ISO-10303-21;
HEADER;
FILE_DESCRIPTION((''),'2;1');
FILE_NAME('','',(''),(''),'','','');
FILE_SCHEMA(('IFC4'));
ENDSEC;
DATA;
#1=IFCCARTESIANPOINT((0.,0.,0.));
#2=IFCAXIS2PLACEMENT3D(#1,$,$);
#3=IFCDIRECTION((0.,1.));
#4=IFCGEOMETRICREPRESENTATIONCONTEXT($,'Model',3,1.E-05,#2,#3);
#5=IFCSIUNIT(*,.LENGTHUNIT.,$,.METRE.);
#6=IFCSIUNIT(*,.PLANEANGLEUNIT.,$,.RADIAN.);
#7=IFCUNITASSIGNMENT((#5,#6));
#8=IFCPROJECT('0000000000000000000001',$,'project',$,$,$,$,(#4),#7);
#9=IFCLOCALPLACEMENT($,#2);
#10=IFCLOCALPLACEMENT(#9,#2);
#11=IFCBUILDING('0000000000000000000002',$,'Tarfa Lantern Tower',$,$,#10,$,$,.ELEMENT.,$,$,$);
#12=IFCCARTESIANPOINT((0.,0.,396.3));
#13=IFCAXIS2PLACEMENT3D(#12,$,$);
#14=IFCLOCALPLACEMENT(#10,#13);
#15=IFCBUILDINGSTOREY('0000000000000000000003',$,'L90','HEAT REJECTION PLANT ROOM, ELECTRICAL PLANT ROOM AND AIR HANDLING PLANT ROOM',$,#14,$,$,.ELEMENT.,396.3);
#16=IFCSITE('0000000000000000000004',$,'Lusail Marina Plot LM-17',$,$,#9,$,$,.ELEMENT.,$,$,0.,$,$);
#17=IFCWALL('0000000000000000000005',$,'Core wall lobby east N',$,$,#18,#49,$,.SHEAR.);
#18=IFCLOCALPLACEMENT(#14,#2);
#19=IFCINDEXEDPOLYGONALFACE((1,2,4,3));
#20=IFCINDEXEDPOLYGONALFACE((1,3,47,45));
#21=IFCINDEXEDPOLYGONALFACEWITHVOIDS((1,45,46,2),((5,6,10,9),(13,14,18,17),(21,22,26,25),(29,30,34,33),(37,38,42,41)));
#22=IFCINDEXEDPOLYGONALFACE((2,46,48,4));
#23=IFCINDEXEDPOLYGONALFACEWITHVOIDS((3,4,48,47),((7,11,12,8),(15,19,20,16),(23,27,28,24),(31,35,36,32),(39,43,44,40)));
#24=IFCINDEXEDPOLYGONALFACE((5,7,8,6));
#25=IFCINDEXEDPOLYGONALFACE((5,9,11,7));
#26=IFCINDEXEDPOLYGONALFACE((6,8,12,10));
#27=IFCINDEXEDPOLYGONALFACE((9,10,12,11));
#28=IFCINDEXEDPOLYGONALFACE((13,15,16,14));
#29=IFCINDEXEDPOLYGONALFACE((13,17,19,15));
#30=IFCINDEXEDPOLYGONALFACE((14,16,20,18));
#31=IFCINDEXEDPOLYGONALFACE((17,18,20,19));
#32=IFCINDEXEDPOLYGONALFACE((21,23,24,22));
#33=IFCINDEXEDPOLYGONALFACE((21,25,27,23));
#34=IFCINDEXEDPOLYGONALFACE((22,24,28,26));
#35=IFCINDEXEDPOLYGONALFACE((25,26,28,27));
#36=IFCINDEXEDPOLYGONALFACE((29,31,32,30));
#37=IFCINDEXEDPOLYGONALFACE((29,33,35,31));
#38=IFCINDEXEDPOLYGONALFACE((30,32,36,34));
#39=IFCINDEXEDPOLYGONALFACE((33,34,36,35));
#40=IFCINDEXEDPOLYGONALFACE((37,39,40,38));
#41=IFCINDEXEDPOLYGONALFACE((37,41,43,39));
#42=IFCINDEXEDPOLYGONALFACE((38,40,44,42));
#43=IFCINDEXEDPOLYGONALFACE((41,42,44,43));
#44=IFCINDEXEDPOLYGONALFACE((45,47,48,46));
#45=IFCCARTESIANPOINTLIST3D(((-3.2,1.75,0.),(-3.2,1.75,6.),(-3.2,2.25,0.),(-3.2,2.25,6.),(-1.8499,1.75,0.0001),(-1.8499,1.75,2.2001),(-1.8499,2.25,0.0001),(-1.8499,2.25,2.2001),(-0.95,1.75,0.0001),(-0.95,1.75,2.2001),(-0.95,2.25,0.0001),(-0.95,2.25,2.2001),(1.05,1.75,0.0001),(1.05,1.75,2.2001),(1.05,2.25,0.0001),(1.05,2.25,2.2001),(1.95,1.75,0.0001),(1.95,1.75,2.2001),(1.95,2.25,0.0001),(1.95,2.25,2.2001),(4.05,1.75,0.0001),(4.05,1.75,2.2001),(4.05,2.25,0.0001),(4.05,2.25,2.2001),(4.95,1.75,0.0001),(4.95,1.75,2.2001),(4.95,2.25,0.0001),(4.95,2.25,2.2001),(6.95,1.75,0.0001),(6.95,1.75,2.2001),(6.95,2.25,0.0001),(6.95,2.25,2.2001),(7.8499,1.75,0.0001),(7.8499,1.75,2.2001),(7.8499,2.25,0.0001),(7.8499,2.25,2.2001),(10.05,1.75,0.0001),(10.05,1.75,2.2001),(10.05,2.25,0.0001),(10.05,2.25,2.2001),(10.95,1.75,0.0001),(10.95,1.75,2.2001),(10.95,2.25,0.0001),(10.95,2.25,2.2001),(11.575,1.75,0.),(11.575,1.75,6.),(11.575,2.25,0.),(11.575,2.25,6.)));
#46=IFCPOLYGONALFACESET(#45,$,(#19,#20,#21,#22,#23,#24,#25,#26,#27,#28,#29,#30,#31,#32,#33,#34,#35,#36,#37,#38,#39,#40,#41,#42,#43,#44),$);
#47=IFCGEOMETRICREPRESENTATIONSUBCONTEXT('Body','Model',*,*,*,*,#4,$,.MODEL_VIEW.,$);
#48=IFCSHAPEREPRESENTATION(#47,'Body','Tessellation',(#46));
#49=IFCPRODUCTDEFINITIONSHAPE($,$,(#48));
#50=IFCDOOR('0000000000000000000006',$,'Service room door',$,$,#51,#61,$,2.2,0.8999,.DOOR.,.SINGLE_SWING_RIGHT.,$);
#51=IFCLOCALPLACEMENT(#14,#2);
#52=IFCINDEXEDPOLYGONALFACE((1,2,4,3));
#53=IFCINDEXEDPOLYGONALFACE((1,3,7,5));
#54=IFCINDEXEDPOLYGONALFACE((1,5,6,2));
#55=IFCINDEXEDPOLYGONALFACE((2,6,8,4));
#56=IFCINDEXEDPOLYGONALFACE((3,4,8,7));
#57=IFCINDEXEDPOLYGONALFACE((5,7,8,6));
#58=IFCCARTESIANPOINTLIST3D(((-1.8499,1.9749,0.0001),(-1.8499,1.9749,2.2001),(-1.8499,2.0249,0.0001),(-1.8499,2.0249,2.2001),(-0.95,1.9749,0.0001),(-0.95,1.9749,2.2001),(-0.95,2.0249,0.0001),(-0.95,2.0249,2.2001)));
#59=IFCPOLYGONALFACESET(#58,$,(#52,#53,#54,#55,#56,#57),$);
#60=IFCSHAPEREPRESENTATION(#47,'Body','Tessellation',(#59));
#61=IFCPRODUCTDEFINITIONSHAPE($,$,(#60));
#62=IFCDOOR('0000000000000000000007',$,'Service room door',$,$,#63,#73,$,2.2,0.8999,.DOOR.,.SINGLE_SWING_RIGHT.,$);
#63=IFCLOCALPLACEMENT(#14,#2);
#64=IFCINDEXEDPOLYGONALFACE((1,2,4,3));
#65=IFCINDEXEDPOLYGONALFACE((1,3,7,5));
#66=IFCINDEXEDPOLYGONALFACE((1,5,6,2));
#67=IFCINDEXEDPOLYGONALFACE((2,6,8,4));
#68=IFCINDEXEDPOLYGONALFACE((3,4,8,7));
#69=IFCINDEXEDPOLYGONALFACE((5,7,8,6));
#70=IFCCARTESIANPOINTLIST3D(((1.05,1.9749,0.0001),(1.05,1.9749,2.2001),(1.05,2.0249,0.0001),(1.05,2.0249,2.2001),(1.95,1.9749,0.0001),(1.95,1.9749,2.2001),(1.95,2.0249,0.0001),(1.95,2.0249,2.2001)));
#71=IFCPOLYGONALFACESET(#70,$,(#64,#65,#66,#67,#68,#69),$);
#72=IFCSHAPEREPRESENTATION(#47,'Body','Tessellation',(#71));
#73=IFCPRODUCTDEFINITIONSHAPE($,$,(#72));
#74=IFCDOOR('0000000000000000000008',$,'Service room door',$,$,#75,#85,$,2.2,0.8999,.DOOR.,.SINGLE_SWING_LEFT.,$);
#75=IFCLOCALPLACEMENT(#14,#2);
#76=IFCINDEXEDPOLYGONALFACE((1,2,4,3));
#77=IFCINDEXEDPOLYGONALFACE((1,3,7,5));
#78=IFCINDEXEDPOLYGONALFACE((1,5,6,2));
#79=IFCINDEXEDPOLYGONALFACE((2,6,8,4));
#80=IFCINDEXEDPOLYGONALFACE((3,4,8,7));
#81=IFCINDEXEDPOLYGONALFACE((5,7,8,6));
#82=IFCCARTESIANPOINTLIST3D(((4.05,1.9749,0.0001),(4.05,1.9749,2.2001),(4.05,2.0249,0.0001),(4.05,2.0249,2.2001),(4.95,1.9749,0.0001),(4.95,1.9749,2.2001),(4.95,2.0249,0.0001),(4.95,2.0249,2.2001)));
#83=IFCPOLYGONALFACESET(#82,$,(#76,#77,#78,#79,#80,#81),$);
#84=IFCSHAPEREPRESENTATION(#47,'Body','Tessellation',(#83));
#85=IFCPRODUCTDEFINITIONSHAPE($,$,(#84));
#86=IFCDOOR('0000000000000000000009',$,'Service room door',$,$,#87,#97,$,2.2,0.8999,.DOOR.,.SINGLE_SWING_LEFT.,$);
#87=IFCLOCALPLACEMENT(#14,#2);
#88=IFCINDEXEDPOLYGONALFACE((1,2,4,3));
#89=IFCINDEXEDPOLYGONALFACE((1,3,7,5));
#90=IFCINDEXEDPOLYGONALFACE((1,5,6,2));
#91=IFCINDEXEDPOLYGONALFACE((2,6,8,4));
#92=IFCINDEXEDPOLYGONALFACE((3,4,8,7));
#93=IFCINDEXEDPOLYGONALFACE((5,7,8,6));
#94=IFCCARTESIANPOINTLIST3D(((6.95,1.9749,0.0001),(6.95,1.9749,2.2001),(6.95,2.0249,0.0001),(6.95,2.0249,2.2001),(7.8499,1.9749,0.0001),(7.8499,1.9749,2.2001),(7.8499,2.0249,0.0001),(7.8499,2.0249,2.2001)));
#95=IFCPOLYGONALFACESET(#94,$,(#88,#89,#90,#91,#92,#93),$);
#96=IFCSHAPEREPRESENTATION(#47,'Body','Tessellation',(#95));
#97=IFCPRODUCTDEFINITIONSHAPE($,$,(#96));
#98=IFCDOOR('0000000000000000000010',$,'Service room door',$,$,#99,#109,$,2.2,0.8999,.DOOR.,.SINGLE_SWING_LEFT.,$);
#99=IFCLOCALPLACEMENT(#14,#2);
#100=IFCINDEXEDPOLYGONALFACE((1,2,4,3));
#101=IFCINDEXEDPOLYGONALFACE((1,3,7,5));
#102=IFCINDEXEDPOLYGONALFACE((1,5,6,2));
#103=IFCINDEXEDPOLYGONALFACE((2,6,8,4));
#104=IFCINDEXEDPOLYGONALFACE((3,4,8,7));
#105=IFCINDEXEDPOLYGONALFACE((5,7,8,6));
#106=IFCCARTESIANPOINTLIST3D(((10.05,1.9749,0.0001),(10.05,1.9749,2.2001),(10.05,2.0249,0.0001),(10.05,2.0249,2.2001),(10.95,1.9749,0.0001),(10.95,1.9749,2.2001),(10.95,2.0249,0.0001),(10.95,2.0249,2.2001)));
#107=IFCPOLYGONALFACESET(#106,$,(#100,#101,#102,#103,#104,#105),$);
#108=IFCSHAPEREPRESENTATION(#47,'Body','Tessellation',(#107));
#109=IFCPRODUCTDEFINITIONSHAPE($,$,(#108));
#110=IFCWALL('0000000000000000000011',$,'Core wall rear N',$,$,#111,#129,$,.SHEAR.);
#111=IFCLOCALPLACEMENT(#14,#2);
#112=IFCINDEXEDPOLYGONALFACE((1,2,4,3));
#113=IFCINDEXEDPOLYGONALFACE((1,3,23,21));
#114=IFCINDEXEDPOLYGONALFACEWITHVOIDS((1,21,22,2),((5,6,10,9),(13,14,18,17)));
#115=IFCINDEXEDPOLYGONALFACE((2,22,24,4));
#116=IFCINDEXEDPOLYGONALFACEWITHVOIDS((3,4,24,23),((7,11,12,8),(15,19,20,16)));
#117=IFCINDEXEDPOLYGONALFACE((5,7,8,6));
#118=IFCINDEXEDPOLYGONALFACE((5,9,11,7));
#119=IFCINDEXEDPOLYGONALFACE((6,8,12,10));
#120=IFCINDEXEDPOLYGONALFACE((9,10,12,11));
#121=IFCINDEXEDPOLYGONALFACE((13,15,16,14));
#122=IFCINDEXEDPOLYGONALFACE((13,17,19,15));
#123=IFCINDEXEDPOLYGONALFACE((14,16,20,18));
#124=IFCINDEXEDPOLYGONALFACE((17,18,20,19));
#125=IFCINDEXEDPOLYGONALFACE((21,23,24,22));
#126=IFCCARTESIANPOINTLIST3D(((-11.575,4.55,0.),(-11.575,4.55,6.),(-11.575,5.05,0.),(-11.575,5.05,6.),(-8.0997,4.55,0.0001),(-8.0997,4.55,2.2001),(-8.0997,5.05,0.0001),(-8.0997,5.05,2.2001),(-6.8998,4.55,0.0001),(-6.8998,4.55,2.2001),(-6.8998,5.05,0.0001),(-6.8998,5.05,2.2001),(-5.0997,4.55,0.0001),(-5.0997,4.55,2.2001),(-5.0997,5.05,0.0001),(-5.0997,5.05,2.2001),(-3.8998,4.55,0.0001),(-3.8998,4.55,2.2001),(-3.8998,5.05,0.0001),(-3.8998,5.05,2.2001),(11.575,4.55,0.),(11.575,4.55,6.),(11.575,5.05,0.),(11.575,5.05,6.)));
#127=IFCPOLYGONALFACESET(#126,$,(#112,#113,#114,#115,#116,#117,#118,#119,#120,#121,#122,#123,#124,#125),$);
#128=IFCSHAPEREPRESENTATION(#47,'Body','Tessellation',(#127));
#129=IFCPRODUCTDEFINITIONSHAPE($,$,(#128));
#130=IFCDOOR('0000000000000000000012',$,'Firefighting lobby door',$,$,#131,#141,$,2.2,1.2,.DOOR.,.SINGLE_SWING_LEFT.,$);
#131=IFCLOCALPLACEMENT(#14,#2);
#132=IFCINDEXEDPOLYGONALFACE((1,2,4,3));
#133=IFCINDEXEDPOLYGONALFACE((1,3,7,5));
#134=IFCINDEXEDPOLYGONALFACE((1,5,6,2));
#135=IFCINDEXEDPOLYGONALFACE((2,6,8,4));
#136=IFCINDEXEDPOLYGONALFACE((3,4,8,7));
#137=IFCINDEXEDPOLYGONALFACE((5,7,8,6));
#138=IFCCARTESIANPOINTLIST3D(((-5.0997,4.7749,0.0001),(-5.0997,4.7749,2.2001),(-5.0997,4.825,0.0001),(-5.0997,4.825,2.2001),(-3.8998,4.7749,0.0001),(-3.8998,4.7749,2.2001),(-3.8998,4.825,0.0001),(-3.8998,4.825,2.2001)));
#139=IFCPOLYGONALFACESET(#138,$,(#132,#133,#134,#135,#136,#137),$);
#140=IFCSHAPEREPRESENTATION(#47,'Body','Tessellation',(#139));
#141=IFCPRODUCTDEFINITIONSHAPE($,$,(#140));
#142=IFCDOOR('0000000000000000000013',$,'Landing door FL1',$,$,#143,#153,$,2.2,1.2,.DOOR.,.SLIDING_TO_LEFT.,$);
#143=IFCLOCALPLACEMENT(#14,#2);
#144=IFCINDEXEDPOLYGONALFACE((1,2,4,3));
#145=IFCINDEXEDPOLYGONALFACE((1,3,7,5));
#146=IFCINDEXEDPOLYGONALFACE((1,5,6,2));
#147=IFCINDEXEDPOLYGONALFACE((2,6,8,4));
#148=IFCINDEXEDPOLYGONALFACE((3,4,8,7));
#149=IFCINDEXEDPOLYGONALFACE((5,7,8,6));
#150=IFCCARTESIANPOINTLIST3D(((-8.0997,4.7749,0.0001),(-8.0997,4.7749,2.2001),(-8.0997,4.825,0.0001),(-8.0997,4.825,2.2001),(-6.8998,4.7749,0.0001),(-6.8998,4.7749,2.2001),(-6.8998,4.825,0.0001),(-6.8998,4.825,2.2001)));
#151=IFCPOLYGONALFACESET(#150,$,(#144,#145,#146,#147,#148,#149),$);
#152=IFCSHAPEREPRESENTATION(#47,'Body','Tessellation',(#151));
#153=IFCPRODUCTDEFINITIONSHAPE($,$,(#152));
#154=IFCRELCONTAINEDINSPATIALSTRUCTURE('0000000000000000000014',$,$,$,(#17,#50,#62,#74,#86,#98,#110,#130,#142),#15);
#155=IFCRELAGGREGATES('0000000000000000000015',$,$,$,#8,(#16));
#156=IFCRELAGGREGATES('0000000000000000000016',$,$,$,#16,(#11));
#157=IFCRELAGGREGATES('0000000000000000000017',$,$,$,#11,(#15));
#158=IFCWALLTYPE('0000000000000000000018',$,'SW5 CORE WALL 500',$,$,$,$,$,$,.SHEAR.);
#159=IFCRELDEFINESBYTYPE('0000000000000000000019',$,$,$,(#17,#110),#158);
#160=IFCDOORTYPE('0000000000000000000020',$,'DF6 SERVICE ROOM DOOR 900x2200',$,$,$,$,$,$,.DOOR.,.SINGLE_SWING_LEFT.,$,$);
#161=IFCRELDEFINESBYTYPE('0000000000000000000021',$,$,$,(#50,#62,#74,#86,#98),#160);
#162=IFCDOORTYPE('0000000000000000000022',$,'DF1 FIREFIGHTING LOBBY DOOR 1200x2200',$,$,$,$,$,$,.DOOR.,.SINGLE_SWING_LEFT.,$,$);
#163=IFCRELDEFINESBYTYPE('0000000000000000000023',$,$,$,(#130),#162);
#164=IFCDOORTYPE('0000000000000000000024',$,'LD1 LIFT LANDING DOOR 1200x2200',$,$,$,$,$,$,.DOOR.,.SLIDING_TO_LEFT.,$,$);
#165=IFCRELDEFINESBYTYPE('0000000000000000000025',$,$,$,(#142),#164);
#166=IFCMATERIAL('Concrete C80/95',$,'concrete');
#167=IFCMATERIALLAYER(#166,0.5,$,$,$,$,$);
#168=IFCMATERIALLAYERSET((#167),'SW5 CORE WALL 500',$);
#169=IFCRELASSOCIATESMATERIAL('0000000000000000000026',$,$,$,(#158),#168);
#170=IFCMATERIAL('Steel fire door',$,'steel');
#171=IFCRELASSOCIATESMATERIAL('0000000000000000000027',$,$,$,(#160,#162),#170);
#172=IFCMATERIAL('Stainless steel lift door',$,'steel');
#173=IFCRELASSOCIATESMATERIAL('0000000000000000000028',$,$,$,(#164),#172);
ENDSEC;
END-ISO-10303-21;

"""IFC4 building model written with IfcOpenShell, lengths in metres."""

from ifc_helpers import new_model, si_unit, direction, frame, frame_2d, origin, place, context, subcontext, project, spatial, rectangle, extrude, material, layer, layer_set, type_object, element, fill, save


model = new_model("IFC4")

# Units and contexts
model_context = context("Model", 3, precision=1e-05, world=origin(), true_north=direction((0.0, 1.0)))
body_context = subcontext(model_context, "Body", "Model", "MODEL_VIEW")
ifc_project = project(units=[si_unit("LENGTHUNIT", "METRE"), si_unit("PLANEANGLEUNIT", "RADIAN")], contexts=[model_context])

# Site, building, storey
site_placement = place(None, origin())
site = spatial("IfcSite", under=ifc_project, at=site_placement, Name="Lusail Marina Plot LM-17", CompositionType="ELEMENT", RefElevation=0.0)
building_placement = place(site_placement, origin())
building = spatial("IfcBuilding", under=site, at=building_placement, Name="Tarfa Lantern Tower", CompositionType="ELEMENT")
storey_placement = place(building_placement, frame((0.0, 0.0, 396.3)))
storey = spatial("IfcBuildingStorey", under=building, at=storey_placement, Name="L90", Description="HEAT REJECTION PLANT ROOM, ELECTRICAL PLANT ROOM AND AIR HANDLING PLANT ROOM", CompositionType="ELEMENT", Elevation=396.3)

# Shared definitions
ifc_material_1 = material(Name="Concrete C80/95", Category="concrete")

# Shared definitions
ifc_material_2 = material(Name="Steel fire door", Category="steel")
ifc_layer_1 = layer(ifc_material_1, 0.5)
ifc_layer_set_1 = layer_set([ifc_layer_1], Name="SW5 CORE WALL 500")
wall_type_1 = type_object("IfcWallType", Name="SW5 CORE WALL 500", PredefinedType="SHEAR", material=ifc_layer_set_1)
door_type_1 = type_object("IfcDoorType", Name="DF6 SERVICE ROOM DOOR 900x2200", OperationType="SINGLE_SWING_LEFT", PredefinedType="DOOR", material=ifc_material_2)

# Walls, openings, doors
wall_1_placement = place(storey_placement, frame((-3.2, 2.0, 0.0), z_axis=(0.0, 0.0, 1.0), x_axis=(1.0, 0.0, 0.0)))
wall_1 = element("IfcWall", 1, at=wall_1_placement, inside=storey, type_object=wall_type_1, Name="Core wall lobby east N", PredefinedType="SHEAR", context=body_context, shape_type="SweptSolid", body=[
    extrude(rectangle(XDim=14.7749, YDim=0.5, at=frame_2d((7.3875, 0.0))), origin(), (0.0, 0.0, 1.0), 6.0),
])
opening_1_placement = place(wall_1_placement, frame((1.3501, 0.0, 0.0)))
opening_1 = element("IfcOpeningElement", 2, at=opening_1_placement, cuts=wall_1, PredefinedType="OPENING", context=body_context, shape_type="SweptSolid", body=[
    extrude(rectangle(XDim=0.8999, YDim=2.2, at=frame_2d((0.45, 1.1001))), frame((0.0, 0.26, 0.0), z_axis=(0.0, -1.0, 0.0), x_axis=(1.0, 0.0, 0.0)), (0.0, 0.0, 1.0), 0.52),
])
opening_2_placement = place(wall_1_placement, frame((4.25, 0.0, 0.0)))
opening_2 = element("IfcOpeningElement", 3, at=opening_2_placement, cuts=wall_1, PredefinedType="OPENING", context=body_context, shape_type="SweptSolid", body=[
    extrude(rectangle(XDim=0.8999, YDim=2.2, at=frame_2d((0.45, 1.1001))), frame((0.0, 0.26, 0.0), z_axis=(0.0, -1.0, 0.0), x_axis=(1.0, 0.0, 0.0)), (0.0, 0.0, 1.0), 0.52),
])
opening_3_placement = place(wall_1_placement, frame((7.25, 0.0, 0.0)))
opening_3 = element("IfcOpeningElement", 4, at=opening_3_placement, cuts=wall_1, PredefinedType="OPENING", context=body_context, shape_type="SweptSolid", body=[
    extrude(rectangle(XDim=0.8999, YDim=2.2, at=frame_2d((0.45, 1.1001))), frame((0.0, 0.26, 0.0), z_axis=(0.0, -1.0, 0.0), x_axis=(1.0, 0.0, 0.0)), (0.0, 0.0, 1.0), 0.52),
])
opening_4_placement = place(wall_1_placement, frame((10.1499, 0.0, 0.0)))
opening_4 = element("IfcOpeningElement", 5, at=opening_4_placement, cuts=wall_1, PredefinedType="OPENING", context=body_context, shape_type="SweptSolid", body=[
    extrude(rectangle(XDim=0.8999, YDim=2.2, at=frame_2d((0.45, 1.1001))), frame((0.0, 0.26, 0.0), z_axis=(0.0, -1.0, 0.0), x_axis=(1.0, 0.0, 0.0)), (0.0, 0.0, 1.0), 0.52),
])
opening_5_placement = place(wall_1_placement, frame((13.25, 0.0, 0.0)))
opening_5 = element("IfcOpeningElement", 6, at=opening_5_placement, cuts=wall_1, PredefinedType="OPENING", context=body_context, shape_type="SweptSolid", body=[
    extrude(rectangle(XDim=0.8999, YDim=2.2, at=frame_2d((0.45, 1.1001))), frame((0.0, 0.26, 0.0), z_axis=(0.0, -1.0, 0.0), x_axis=(1.0, 0.0, 0.0)), (0.0, 0.0, 1.0), 0.52),
])
door_1_placement = place(opening_1_placement, origin())
door_1 = element("IfcDoor", 7, at=door_1_placement, inside=storey, type_object=door_type_1, Name="Service room door", OperationType="SINGLE_SWING_RIGHT", OverallHeight=2.2, OverallWidth=0.8999, PredefinedType="DOOR", context=body_context, shape_type="SweptSolid", body=[
    extrude(rectangle(XDim=0.8999, YDim=2.2, at=frame_2d((0.45, 1.1001))), frame((0.0, 0.0249, 0.0), z_axis=(0.0, -1.0, 0.0), x_axis=(1.0, 0.0, 0.0)), (0.0, 0.0, 1.0), 0.05),
])
fill(opening_1, door_1)
door_2_placement = place(opening_2_placement, origin())
door_2 = element("IfcDoor", 8, at=door_2_placement, inside=storey, type_object=door_type_1, Name="Service room door", OperationType="SINGLE_SWING_RIGHT", OverallHeight=2.2, OverallWidth=0.8999, PredefinedType="DOOR", context=body_context, shape_type="SweptSolid", body=[
    extrude(rectangle(XDim=0.8999, YDim=2.2, at=frame_2d((0.45, 1.1001))), frame((0.0, 0.0249, 0.0), z_axis=(0.0, -1.0, 0.0), x_axis=(1.0, 0.0, 0.0)), (0.0, 0.0, 1.0), 0.05),
])
fill(opening_2, door_2)
door_3_placement = place(opening_3_placement, origin())
door_3 = element("IfcDoor", 9, at=door_3_placement, inside=storey, type_object=door_type_1, Name="Service room door", OperationType="SINGLE_SWING_LEFT", OverallHeight=2.2, OverallWidth=0.8999, PredefinedType="DOOR", context=body_context, shape_type="SweptSolid", body=[
    extrude(rectangle(XDim=0.8999, YDim=2.2, at=frame_2d((0.45, 1.1001))), frame((0.0, 0.0249, 0.0), z_axis=(0.0, -1.0, 0.0), x_axis=(1.0, 0.0, 0.0)), (0.0, 0.0, 1.0), 0.05),
])
fill(opening_3, door_3)
door_4_placement = place(opening_4_placement, origin())
door_4 = element("IfcDoor", 10, at=door_4_placement, inside=storey, type_object=door_type_1, Name="Service room door", OperationType="SINGLE_SWING_LEFT", OverallHeight=2.2, OverallWidth=0.8999, PredefinedType="DOOR", context=body_context, shape_type="SweptSolid", body=[
    extrude(rectangle(XDim=0.8999, YDim=2.2, at=frame_2d((0.45, 1.1001))), frame((0.0, 0.0249, 0.0), z_axis=(0.0, -1.0, 0.0), x_axis=(1.0, 0.0, 0.0)), (0.0, 0.0, 1.0), 0.05),
])
fill(opening_4, door_4)
door_5_placement = place(opening_5_placement, origin())
door_5 = element("IfcDoor", 11, at=door_5_placement, inside=storey, type_object=door_type_1, Name="Service room door", OperationType="SINGLE_SWING_LEFT", OverallHeight=2.2, OverallWidth=0.8999, PredefinedType="DOOR", context=body_context, shape_type="SweptSolid", body=[
    extrude(rectangle(XDim=0.8999, YDim=2.2, at=frame_2d((0.45, 1.1001))), frame((0.0, 0.0249, 0.0), z_axis=(0.0, -1.0, 0.0), x_axis=(1.0, 0.0, 0.0)), (0.0, 0.0, 1.0), 0.05),
])
fill(opening_5, door_5)
wall_2_placement = place(storey_placement, frame((-11.575, 4.8, 0.0), z_axis=(0.0, 0.0, 1.0), x_axis=(1.0, 0.0, 0.0)))
wall_2 = element("IfcWall", 12, at=wall_2_placement, inside=storey, type_object=wall_type_1, Name="Core wall rear N", PredefinedType="SHEAR", context=body_context, shape_type="SweptSolid", body=[
    extrude(rectangle(XDim=23.1499, YDim=0.5, at=frame_2d((11.575, 0.0))), origin(), (0.0, 0.0, 1.0), 6.0),
])
opening_6_placement = place(wall_2_placement, frame((6.4751, 0.0, 0.0)))
opening_6 = element("IfcOpeningElement", 13, at=opening_6_placement, cuts=wall_2, PredefinedType="OPENING", context=body_context, shape_type="SweptSolid", body=[
    extrude(rectangle(XDim=1.2, YDim=2.2, at=frame_2d((0.6001, 1.1001))), frame((0.0, 0.26, 0.0), z_axis=(0.0, -1.0, 0.0), x_axis=(1.0, 0.0, 0.0)), (0.0, 0.0, 1.0), 0.52),
])
opening_7_placement = place(wall_2_placement, frame((3.4751, 0.0, 0.0)))
opening_7 = element("IfcOpeningElement", 14, at=opening_7_placement, cuts=wall_2, PredefinedType="OPENING", context=body_context, shape_type="SweptSolid", body=[
    extrude(rectangle(XDim=1.2, YDim=2.2, at=frame_2d((0.6001, 1.1001))), frame((0.0, 0.26, 0.0), z_axis=(0.0, -1.0, 0.0), x_axis=(1.0, 0.0, 0.0)), (0.0, 0.0, 1.0), 0.52),
])
door_type_2 = type_object("IfcDoorType", Name="DF1 FIREFIGHTING LOBBY DOOR 1200x2200", OperationType="SINGLE_SWING_LEFT", PredefinedType="DOOR", material=ifc_material_2)
door_6_placement = place(opening_6_placement, origin())
door_6 = element("IfcDoor", 15, at=door_6_placement, inside=storey, type_object=door_type_2, Name="Firefighting lobby door", OperationType="SINGLE_SWING_LEFT", OverallHeight=2.2, OverallWidth=1.2, PredefinedType="DOOR", context=body_context, shape_type="SweptSolid", body=[
    extrude(rectangle(XDim=1.2, YDim=2.2, at=frame_2d((0.6001, 1.1001))), frame((0.0, 0.0249, 0.0), z_axis=(0.0, -1.0, 0.0), x_axis=(1.0, 0.0, 0.0)), (0.0, 0.0, 1.0), 0.05),
])
fill(opening_6, door_6)
ifc_material_3 = material(Name="Stainless steel lift door", Category="steel")
door_type_3 = type_object("IfcDoorType", Name="LD1 LIFT LANDING DOOR 1200x2200", OperationType="SLIDING_TO_LEFT", PredefinedType="DOOR", material=ifc_material_3)
door_7_placement = place(opening_7_placement, origin())
door_7 = element("IfcDoor", 16, at=door_7_placement, inside=storey, type_object=door_type_3, Name="Landing door FL1", OperationType="SLIDING_TO_LEFT", OverallHeight=2.2, OverallWidth=1.2, PredefinedType="DOOR", context=body_context, shape_type="SweptSolid", body=[
    extrude(rectangle(XDim=1.2, YDim=2.2, at=frame_2d((0.6001, 1.1001))), frame((0.0, 0.0249, 0.0), z_axis=(0.0, -1.0, 0.0), x_axis=(1.0, 0.0, 0.0)), (0.0, 0.0, 1.0), 0.05),
])
fill(opening_7, door_7)

save(model, "model.ifc")
